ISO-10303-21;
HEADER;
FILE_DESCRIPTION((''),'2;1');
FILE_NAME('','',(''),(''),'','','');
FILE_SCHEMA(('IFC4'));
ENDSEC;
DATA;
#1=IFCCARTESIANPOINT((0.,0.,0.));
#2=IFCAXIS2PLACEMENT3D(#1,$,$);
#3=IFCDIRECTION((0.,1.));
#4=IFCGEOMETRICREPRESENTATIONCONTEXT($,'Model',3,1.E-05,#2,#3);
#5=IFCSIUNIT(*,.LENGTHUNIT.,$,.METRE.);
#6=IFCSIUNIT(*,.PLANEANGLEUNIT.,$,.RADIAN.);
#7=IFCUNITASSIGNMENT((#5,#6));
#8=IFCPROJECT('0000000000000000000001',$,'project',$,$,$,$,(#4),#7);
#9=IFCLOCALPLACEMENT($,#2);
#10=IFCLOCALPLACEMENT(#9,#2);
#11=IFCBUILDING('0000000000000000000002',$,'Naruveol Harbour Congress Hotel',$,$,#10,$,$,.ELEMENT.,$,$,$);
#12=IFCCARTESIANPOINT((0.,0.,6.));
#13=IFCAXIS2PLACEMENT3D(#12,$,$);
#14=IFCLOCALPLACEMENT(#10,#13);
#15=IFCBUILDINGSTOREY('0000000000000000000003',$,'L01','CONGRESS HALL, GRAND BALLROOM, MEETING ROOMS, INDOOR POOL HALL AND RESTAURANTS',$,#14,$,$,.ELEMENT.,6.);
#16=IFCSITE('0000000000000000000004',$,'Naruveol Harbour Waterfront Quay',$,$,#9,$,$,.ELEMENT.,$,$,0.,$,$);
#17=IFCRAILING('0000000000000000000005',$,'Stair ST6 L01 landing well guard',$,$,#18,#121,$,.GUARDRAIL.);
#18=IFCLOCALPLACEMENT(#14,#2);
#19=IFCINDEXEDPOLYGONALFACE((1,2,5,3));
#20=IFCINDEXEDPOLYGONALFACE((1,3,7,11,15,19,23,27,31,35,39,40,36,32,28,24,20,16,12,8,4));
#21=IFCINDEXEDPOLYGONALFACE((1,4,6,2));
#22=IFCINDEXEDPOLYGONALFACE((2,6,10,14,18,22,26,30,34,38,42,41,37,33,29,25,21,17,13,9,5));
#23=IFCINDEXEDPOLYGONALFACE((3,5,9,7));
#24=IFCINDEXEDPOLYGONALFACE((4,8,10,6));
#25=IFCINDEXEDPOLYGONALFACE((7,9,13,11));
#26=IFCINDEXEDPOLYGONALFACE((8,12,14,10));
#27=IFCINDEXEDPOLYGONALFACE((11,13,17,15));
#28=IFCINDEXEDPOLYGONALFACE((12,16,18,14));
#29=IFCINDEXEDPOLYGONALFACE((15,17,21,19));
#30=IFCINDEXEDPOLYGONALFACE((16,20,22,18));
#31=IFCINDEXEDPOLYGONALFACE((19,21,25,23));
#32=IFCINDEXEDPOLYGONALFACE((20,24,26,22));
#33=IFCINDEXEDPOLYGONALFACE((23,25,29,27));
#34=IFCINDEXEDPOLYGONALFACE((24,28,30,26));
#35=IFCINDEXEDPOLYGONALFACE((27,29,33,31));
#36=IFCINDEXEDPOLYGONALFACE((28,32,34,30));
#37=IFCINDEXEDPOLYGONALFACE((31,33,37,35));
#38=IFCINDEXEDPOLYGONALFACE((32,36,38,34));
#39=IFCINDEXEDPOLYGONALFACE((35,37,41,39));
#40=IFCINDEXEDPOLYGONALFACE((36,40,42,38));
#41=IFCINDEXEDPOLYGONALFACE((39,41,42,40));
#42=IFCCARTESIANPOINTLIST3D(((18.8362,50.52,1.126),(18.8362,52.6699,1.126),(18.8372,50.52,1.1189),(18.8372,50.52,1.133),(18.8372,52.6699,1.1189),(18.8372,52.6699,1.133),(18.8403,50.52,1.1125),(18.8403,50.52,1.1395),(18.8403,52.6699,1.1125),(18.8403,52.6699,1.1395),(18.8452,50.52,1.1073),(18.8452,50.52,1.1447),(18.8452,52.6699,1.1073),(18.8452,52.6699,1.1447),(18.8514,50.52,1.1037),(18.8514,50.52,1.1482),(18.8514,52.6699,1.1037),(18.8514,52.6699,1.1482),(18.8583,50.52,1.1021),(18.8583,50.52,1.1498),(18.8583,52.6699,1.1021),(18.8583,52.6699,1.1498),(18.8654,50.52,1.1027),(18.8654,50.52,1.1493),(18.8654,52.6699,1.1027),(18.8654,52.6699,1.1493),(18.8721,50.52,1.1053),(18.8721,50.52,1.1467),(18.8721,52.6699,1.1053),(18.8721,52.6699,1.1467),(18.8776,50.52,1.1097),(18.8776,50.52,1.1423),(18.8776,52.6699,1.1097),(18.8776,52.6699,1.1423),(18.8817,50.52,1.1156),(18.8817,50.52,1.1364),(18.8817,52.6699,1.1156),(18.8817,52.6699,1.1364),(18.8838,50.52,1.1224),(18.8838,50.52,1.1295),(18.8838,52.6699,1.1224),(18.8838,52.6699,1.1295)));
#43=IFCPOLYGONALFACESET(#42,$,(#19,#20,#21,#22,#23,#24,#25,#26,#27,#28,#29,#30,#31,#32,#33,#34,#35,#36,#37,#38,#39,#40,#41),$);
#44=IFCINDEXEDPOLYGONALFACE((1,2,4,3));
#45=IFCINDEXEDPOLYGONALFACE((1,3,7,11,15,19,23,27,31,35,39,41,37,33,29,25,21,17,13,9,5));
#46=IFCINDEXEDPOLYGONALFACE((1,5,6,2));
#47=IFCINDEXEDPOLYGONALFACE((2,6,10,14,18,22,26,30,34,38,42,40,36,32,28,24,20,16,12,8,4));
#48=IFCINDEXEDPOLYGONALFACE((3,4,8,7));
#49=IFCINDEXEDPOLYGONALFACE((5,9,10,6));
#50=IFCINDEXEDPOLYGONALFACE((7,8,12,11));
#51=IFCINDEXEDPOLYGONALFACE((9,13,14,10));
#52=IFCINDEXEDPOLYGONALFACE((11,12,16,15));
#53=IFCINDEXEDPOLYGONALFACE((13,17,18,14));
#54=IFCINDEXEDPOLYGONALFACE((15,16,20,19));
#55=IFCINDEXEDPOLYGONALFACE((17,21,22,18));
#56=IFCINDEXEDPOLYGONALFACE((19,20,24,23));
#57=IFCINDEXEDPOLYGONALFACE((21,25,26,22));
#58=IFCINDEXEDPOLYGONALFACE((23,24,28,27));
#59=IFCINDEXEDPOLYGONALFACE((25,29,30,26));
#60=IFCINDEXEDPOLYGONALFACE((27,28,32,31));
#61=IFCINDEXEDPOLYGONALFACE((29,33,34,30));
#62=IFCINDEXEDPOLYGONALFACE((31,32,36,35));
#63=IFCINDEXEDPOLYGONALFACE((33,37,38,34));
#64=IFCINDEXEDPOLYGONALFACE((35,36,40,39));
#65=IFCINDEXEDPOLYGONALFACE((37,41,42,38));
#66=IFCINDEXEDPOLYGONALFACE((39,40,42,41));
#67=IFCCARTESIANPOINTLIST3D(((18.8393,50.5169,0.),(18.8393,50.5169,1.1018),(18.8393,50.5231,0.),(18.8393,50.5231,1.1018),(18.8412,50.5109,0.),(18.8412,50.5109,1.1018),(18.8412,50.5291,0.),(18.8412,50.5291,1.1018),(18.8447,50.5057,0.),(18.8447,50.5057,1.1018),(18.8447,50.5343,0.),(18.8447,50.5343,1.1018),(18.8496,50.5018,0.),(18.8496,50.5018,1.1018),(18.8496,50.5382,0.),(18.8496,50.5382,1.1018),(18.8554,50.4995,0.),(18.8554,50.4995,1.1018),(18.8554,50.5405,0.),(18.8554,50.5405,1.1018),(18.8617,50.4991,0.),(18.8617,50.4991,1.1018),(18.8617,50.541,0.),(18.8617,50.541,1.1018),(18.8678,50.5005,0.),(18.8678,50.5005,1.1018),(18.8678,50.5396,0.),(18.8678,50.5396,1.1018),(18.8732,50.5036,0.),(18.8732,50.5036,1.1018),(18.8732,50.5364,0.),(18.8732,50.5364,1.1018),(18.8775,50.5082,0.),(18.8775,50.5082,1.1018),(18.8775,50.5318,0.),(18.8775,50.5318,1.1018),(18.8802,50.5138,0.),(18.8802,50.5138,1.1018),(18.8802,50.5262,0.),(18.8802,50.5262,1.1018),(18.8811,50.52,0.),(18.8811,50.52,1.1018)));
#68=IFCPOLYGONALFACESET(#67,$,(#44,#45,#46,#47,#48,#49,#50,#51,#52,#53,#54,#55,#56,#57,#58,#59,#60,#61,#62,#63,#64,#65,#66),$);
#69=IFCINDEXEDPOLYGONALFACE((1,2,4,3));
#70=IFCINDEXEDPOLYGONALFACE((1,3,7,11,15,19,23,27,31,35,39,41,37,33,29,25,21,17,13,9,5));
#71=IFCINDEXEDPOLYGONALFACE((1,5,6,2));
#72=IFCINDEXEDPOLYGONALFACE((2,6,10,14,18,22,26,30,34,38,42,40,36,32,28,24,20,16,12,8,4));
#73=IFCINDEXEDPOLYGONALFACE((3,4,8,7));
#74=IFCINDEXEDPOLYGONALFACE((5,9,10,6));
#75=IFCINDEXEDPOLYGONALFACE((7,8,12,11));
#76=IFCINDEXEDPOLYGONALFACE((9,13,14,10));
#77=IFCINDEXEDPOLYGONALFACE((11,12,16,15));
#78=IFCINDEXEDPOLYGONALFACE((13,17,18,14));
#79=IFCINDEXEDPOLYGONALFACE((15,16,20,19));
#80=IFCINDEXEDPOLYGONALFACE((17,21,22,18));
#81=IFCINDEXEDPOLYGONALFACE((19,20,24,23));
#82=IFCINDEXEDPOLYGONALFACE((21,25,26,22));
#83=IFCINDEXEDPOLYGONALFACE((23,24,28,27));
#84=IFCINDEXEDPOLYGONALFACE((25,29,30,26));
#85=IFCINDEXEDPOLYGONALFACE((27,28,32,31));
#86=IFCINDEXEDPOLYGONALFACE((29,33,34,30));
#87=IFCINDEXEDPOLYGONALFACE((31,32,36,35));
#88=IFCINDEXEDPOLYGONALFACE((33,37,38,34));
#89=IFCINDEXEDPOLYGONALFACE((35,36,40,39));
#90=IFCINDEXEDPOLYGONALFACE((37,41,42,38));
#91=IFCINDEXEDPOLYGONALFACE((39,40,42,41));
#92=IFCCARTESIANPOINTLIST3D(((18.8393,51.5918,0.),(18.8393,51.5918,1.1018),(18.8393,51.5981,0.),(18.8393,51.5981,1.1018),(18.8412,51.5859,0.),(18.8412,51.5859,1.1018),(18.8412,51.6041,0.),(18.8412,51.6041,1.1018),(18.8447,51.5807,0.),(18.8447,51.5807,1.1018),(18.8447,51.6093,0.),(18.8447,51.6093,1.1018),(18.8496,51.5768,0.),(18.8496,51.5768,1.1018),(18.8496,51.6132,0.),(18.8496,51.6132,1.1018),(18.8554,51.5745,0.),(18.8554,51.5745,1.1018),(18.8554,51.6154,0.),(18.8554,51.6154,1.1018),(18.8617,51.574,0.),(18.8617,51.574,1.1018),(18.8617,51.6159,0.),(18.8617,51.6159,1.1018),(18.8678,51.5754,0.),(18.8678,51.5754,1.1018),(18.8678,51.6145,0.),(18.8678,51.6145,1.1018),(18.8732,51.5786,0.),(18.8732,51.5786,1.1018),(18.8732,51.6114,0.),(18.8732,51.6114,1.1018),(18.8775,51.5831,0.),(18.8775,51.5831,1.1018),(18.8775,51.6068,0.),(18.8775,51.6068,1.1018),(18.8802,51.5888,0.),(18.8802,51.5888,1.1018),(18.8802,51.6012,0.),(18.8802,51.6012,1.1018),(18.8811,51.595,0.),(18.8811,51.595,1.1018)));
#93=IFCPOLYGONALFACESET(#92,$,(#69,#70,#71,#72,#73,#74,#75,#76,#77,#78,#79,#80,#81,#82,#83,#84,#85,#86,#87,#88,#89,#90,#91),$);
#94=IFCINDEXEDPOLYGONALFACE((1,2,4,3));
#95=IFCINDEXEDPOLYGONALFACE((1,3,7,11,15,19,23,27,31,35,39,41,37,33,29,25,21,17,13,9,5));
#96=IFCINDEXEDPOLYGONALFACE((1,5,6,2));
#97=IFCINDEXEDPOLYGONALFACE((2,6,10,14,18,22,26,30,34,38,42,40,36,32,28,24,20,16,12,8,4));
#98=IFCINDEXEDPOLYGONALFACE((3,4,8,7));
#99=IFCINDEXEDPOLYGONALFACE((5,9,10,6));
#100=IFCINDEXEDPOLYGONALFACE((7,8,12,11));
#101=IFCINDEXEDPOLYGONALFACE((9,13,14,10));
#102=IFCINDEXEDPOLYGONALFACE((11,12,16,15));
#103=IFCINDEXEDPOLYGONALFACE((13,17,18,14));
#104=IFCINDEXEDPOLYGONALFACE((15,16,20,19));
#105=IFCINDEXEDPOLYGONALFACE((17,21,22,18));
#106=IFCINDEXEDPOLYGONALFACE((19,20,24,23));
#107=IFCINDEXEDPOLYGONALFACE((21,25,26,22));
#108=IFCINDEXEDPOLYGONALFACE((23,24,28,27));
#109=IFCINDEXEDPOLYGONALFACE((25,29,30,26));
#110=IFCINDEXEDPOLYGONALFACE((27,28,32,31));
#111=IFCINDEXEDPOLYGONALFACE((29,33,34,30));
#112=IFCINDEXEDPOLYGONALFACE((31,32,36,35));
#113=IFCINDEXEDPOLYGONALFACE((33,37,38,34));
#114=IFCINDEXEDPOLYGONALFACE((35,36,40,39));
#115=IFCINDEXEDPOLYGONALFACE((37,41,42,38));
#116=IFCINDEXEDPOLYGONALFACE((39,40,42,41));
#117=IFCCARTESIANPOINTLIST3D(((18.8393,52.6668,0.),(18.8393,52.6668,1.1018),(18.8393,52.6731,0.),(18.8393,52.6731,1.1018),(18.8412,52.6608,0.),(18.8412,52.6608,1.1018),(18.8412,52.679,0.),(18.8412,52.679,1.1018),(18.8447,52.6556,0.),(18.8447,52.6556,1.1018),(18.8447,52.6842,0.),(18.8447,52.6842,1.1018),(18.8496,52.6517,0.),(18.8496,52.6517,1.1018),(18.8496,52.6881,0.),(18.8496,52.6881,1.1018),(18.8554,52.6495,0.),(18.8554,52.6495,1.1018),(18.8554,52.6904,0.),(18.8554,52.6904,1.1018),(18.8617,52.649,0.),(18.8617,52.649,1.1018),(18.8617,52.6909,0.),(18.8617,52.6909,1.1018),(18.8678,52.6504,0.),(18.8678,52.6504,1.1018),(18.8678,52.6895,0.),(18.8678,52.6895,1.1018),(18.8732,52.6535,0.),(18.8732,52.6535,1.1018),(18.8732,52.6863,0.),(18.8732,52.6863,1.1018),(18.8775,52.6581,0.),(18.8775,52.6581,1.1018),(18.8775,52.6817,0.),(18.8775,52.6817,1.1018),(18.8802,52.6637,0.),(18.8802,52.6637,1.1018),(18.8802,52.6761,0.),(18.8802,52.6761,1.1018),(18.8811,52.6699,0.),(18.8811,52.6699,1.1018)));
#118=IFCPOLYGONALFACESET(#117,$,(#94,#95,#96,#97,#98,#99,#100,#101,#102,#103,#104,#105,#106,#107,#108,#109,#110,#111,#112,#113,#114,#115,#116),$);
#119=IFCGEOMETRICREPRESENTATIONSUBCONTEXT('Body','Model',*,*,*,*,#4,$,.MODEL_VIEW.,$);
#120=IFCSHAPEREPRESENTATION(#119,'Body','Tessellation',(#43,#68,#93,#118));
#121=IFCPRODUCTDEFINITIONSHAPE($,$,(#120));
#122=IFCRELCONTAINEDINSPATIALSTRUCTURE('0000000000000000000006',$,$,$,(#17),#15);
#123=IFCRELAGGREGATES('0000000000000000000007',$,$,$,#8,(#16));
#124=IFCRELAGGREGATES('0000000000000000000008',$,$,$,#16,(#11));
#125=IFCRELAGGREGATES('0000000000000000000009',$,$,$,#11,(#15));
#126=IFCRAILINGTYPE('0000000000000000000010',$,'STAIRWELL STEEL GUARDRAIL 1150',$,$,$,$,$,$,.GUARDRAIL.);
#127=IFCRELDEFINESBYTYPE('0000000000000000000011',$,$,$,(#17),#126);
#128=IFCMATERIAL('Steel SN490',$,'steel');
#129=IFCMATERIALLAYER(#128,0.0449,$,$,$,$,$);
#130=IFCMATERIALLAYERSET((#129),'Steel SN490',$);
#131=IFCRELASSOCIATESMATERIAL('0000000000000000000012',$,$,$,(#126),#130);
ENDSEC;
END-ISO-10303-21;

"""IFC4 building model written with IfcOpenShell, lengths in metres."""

from ifc_helpers import new_model, si_unit, direction, frame, origin, origin_2d, place, context, subcontext, project, spatial, circle, extrude, material, layer, layer_set, type_object, element, save


model = new_model("IFC4")

# Units and contexts
model_context = context("Model", 3, precision=1e-05, world=origin(), true_north=direction((0.0, 1.0)))
body_context = subcontext(model_context, "Body", "Model", "MODEL_VIEW")
ifc_project = project(units=[si_unit("LENGTHUNIT", "METRE"), si_unit("PLANEANGLEUNIT", "RADIAN")], contexts=[model_context])

# Site, building, storey
site_placement = place(None, origin())
site = spatial("IfcSite", under=ifc_project, at=site_placement, Name="Naruveol Harbour Waterfront Quay", CompositionType="ELEMENT", RefElevation=0.0)
building_placement = place(site_placement, origin())
building = spatial("IfcBuilding", under=site, at=building_placement, Name="Naruveol Harbour Congress Hotel", CompositionType="ELEMENT")
storey_placement = place(building_placement, frame((0.0, 0.0, 6.0)))
storey = spatial("IfcBuildingStorey", under=building, at=storey_placement, Name="L01", Description="CONGRESS HALL, GRAND BALLROOM, MEETING ROOMS, INDOOR POOL HALL AND RESTAURANTS", CompositionType="ELEMENT", Elevation=6.0)

# Railing
ifc_material_1 = material(Name="Steel SN490", Category="steel")
ifc_layer_1 = layer(ifc_material_1, 0.0449)
ifc_layer_set_1 = layer_set([ifc_layer_1], Name="Steel SN490")
railing_type_1 = type_object("IfcRailingType", Name="STAIRWELL STEEL GUARDRAIL 1150", PredefinedType="GUARDRAIL", material=ifc_layer_set_1)
railing_1_placement = place(storey_placement, frame((18.8601, 50.52, 0.0)))
element("IfcRailing", 1, at=railing_1_placement, inside=storey, type_object=railing_type_1, Name="Stair ST6 L01 landing well guard", PredefinedType="GUARDRAIL", context=body_context, shape_type="SweptSolid", body=[
    extrude(circle(Radius=0.0239, at=origin_2d()), frame((0.0, 0.0, 1.126), z_axis=(0.0, 1.0, 0.0), x_axis=(-1.0, 0.0, 0.0)), (0.0, 0.0, 1.0), 2.1499),
    extrude(circle(Radius=0.021, at=origin_2d()), origin(), (0.0, 0.0, 1.0), 1.1018),
    extrude(circle(Radius=0.021, at=origin_2d()), frame((0.0, 1.075, 0.0)), (0.0, 0.0, 1.0), 1.1018),
    extrude(circle(Radius=0.021, at=origin_2d()), frame((0.0, 2.1499, 0.0)), (0.0, 0.0, 1.0), 1.1018),
])

save(model, "model.ifc")
